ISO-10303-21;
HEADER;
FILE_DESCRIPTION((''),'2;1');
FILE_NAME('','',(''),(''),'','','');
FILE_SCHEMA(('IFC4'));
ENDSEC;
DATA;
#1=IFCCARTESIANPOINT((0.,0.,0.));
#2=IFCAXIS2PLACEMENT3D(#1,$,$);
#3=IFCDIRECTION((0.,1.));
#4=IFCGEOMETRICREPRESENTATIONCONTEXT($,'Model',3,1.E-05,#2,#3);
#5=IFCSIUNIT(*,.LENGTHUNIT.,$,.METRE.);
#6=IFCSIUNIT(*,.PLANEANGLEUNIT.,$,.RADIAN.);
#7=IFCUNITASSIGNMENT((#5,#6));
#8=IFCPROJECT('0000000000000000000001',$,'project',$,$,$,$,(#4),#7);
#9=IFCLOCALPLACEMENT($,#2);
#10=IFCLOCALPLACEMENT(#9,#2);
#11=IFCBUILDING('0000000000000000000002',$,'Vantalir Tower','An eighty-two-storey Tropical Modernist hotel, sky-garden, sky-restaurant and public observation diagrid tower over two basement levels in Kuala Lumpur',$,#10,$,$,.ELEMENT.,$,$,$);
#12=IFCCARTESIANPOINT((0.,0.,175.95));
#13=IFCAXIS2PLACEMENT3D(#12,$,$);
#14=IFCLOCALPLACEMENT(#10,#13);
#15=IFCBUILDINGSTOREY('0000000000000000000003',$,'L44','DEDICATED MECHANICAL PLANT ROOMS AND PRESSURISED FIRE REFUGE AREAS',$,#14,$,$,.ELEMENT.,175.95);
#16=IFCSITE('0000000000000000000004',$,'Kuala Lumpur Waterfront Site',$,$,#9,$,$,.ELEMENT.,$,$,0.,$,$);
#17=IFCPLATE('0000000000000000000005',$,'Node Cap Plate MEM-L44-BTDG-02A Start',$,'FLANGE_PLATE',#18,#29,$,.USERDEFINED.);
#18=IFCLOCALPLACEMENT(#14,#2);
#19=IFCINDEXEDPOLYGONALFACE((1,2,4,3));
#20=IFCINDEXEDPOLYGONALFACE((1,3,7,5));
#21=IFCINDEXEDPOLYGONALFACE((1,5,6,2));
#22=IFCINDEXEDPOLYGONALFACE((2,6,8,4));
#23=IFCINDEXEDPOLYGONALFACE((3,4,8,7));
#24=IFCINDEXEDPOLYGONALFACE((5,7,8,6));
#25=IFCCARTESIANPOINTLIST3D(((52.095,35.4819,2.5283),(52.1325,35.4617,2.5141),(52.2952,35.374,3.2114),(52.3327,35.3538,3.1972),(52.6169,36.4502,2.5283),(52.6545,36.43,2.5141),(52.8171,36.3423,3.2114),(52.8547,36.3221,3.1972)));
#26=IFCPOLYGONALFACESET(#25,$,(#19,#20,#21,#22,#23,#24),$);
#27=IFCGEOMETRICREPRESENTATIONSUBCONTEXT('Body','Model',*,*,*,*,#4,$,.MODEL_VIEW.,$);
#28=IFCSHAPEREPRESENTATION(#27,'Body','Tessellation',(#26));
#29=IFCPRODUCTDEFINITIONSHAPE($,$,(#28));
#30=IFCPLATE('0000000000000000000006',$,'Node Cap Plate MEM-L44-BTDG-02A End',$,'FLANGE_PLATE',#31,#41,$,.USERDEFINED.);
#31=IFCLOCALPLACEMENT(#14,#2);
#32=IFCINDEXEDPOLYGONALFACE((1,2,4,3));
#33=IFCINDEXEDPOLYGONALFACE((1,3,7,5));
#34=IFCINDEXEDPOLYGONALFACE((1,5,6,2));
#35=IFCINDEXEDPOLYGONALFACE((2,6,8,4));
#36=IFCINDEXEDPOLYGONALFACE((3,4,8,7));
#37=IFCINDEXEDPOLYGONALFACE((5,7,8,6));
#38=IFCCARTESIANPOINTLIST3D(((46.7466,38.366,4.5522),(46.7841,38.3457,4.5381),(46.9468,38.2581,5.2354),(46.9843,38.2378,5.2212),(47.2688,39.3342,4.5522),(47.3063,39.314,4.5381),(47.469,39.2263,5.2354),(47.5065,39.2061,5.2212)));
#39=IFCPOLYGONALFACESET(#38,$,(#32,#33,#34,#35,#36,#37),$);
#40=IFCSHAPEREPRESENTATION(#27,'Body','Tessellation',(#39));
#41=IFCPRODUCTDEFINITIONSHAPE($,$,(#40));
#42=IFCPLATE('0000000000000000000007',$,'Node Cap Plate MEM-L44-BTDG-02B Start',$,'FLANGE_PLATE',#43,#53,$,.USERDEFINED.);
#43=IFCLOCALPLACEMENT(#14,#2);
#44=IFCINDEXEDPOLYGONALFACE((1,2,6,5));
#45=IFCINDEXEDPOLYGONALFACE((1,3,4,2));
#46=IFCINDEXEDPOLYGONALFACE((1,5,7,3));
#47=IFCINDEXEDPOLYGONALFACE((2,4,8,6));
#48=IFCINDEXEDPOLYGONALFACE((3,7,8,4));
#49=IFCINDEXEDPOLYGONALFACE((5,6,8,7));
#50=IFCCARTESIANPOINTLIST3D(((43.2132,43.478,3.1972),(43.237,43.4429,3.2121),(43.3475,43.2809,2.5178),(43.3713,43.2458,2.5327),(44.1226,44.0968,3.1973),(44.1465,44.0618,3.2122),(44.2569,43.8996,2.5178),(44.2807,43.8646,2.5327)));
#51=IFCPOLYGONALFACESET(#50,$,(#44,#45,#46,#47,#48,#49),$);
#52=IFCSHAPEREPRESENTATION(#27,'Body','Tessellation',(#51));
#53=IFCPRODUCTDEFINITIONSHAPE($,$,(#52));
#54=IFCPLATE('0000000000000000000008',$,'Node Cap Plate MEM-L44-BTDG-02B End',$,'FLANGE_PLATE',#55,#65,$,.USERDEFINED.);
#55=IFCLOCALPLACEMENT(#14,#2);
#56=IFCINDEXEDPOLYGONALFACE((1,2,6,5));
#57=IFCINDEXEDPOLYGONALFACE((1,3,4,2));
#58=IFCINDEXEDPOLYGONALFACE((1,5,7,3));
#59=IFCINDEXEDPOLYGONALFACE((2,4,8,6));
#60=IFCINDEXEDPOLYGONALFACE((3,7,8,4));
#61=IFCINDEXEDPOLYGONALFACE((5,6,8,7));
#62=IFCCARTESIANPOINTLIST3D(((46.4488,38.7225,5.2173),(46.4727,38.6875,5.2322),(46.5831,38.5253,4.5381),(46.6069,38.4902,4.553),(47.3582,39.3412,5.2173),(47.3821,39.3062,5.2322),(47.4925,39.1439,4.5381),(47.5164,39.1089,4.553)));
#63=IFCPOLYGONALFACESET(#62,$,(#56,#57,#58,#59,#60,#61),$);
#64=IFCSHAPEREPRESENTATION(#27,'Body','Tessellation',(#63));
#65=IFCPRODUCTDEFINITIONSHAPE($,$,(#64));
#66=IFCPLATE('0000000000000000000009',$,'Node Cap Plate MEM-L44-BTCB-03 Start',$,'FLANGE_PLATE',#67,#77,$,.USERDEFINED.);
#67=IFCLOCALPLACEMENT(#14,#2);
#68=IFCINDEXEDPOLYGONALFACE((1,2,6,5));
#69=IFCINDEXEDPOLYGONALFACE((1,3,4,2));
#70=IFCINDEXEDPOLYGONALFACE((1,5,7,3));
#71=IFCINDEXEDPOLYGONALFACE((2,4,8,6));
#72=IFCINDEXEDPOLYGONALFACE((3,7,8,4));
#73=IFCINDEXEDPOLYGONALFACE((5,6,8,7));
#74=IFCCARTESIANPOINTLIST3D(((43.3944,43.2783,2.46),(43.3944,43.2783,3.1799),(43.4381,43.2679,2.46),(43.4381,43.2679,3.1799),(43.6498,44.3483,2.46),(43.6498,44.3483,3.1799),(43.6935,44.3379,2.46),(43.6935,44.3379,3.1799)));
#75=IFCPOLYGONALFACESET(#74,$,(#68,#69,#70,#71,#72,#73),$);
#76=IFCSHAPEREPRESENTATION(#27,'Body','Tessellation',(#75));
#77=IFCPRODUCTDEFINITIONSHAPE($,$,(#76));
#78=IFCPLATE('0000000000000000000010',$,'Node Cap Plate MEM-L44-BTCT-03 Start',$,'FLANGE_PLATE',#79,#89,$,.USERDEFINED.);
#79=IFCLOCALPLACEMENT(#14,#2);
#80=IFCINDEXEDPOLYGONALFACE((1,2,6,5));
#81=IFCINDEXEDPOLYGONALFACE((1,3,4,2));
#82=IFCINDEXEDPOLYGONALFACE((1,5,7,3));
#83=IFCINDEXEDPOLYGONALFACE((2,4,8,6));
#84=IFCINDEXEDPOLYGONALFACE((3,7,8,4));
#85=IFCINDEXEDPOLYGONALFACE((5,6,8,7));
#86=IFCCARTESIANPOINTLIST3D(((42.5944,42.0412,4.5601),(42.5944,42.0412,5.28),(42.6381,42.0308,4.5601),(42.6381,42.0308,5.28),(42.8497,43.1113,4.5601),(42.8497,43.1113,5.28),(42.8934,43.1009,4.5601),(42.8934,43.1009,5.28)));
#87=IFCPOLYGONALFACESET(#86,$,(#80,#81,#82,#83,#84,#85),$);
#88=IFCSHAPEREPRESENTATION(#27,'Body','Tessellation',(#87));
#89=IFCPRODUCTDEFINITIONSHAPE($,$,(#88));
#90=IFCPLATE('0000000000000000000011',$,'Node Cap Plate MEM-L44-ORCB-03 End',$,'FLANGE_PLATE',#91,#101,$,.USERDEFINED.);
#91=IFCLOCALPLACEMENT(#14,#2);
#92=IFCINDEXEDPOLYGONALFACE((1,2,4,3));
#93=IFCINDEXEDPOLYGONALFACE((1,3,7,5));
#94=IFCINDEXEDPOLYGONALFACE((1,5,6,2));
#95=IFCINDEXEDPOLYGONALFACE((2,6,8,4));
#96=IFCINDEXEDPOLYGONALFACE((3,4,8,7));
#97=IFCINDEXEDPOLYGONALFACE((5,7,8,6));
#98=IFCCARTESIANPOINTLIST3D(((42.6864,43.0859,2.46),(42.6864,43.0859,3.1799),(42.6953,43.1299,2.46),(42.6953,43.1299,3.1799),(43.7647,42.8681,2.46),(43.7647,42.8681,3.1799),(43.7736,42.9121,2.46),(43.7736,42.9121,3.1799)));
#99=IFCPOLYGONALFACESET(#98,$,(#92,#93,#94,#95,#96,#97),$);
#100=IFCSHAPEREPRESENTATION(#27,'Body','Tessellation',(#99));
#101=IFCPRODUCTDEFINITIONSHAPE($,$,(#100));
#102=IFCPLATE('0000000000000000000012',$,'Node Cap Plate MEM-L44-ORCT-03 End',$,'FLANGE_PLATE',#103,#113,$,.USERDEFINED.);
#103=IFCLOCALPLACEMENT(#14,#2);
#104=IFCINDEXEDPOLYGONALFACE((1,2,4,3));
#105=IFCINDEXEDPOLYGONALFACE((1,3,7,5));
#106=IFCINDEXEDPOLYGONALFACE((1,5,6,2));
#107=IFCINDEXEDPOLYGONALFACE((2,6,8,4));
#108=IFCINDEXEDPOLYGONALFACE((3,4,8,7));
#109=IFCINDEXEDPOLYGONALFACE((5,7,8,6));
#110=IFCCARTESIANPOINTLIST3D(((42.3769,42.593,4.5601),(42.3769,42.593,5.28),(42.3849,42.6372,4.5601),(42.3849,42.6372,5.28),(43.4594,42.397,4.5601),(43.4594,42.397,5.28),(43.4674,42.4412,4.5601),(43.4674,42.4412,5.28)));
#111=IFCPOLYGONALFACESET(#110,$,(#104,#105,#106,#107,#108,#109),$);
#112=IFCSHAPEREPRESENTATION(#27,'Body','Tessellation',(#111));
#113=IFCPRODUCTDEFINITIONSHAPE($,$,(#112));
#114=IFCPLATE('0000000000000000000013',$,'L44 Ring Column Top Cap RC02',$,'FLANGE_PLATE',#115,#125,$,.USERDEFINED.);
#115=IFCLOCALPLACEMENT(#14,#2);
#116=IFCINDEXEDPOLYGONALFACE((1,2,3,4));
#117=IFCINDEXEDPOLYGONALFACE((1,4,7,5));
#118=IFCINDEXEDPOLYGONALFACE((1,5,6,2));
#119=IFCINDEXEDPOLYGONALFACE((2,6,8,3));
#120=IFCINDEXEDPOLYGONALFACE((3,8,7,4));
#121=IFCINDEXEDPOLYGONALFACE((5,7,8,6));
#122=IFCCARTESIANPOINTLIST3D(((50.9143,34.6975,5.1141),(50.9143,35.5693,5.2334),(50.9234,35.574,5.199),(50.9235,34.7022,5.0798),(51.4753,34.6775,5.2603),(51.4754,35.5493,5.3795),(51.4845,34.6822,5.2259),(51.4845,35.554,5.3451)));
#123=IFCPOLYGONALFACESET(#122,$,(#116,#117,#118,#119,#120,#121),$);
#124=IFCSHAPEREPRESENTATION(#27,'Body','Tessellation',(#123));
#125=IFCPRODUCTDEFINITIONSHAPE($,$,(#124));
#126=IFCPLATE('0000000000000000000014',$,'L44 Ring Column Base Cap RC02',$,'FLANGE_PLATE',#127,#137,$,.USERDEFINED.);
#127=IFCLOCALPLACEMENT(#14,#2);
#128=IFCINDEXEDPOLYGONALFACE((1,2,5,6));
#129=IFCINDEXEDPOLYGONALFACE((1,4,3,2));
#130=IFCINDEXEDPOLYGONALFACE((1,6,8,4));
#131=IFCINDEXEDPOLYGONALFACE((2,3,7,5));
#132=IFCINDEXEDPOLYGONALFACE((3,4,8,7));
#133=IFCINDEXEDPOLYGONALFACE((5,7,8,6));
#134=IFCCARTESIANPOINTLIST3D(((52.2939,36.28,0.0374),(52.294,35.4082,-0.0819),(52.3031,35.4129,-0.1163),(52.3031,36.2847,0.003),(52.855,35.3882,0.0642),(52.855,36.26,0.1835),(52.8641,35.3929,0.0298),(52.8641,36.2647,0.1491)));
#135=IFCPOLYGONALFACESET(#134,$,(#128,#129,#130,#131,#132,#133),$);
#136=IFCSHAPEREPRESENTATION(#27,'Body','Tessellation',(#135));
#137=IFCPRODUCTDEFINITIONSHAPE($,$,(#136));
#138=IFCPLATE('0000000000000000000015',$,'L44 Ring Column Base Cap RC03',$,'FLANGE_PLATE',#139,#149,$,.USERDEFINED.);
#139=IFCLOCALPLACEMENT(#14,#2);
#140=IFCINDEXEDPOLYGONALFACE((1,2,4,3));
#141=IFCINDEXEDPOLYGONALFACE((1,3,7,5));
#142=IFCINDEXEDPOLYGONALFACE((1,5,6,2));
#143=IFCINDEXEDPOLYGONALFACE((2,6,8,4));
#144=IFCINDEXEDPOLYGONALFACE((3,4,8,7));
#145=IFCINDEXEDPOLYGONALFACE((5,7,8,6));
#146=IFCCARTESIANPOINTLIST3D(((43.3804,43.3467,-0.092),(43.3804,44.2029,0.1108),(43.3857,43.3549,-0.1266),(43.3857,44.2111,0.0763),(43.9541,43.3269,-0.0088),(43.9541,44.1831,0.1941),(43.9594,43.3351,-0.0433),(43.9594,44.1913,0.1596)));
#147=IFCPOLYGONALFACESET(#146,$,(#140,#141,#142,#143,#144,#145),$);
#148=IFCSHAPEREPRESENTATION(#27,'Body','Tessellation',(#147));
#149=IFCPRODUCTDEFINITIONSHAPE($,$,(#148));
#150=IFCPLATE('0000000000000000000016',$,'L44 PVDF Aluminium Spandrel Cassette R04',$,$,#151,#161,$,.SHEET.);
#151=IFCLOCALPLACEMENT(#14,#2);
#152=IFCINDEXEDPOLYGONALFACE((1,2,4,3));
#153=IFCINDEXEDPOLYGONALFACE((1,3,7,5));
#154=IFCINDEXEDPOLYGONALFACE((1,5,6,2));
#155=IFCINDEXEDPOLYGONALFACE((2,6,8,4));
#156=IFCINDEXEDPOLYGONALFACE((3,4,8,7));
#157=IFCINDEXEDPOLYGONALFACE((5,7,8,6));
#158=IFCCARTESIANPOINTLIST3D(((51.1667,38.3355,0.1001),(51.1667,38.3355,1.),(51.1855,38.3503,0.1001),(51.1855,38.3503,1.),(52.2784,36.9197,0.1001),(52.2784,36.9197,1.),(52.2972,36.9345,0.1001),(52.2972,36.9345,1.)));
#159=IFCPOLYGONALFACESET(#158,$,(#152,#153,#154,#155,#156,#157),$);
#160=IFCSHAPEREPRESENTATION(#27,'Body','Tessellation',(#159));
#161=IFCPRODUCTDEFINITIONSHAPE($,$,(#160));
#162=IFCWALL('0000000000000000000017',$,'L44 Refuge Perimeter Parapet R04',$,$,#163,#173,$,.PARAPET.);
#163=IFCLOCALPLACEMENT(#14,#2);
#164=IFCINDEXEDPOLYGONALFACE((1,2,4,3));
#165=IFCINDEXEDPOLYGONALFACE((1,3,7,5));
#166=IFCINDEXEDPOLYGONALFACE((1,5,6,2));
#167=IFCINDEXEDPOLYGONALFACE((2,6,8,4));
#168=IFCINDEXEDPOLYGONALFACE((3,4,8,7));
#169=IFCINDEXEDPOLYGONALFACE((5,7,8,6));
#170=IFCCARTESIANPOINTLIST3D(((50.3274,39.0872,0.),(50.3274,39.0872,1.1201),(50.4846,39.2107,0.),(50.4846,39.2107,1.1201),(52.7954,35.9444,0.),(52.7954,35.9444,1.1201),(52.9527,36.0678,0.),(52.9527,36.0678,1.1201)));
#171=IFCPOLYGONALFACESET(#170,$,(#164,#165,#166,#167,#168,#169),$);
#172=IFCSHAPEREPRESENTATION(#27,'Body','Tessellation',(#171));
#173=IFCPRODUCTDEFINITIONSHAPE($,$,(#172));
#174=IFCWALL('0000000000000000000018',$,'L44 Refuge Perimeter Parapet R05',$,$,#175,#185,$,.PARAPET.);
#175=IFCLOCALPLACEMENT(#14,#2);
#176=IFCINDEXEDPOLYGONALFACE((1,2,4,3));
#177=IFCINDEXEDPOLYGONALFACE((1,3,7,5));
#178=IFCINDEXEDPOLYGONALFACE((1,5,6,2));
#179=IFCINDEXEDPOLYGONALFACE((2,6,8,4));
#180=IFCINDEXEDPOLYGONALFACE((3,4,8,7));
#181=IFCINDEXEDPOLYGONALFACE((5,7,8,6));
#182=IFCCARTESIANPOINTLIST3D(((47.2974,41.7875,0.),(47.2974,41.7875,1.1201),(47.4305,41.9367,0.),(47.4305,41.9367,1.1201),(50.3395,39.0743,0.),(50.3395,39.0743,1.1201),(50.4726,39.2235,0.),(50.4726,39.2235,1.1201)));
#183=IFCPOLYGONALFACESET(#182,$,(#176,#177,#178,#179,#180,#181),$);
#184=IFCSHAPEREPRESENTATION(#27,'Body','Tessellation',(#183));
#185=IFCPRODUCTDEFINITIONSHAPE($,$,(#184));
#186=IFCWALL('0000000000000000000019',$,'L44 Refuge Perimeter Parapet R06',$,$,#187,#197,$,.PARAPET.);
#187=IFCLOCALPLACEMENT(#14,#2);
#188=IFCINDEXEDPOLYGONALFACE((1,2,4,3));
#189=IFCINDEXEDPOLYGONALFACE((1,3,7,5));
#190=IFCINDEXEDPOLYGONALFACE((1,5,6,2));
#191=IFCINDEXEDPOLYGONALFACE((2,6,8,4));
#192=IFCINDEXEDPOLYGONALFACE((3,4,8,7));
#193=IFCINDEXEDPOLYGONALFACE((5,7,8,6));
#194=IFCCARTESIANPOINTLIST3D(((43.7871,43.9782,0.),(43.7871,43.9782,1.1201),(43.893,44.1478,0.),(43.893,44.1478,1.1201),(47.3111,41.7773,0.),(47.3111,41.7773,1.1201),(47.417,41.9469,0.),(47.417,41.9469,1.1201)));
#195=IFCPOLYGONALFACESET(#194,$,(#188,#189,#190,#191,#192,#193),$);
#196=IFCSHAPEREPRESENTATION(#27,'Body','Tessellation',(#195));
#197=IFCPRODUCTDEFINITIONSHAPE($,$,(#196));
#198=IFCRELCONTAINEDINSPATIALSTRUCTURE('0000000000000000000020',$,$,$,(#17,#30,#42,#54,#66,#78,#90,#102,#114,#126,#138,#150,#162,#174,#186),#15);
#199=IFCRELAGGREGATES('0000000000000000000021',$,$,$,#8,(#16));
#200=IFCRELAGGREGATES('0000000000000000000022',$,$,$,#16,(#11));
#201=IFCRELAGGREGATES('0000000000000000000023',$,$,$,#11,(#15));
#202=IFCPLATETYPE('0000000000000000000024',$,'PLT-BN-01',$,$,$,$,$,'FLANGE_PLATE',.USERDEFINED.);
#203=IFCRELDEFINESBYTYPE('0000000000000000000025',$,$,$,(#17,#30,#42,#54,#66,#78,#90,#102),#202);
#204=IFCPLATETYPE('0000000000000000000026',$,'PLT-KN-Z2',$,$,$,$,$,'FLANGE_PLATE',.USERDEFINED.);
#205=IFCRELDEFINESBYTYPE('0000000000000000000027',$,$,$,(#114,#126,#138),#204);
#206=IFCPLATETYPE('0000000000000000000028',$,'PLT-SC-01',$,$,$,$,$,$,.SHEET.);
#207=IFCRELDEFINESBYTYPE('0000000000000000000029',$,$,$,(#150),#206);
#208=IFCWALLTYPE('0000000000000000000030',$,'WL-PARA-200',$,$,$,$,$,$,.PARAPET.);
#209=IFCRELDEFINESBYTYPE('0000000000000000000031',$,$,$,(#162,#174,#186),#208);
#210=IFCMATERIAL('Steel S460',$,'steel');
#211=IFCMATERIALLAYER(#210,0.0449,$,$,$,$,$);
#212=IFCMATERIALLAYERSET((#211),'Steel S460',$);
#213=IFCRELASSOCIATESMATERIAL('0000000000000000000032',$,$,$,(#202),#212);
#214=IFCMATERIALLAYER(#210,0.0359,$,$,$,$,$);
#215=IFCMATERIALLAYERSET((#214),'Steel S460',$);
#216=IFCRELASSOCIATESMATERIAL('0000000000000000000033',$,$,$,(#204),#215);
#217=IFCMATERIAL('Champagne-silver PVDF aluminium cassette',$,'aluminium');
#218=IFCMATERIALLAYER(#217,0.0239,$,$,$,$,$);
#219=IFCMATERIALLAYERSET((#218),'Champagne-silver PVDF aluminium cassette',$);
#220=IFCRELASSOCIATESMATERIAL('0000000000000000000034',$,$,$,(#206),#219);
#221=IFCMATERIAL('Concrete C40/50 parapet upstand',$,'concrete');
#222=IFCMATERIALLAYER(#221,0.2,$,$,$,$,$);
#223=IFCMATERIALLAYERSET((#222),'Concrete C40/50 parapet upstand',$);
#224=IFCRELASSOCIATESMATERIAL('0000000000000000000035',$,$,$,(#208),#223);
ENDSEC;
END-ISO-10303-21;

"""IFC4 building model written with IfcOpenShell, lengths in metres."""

from ifc_helpers import new_model, si_unit, direction, frame, frame_2d, origin, origin_2d, place, context, subcontext, project, spatial, polyline, rectangle, outline, extrude, material, layer, layer_set, type_object, element, save


model = new_model("IFC4")

# Units and contexts
model_context = context("Model", 3, precision=1e-05, world=origin(), true_north=direction((0.0, 1.0)))
body_context = subcontext(model_context, "Body", "Model", "MODEL_VIEW")
ifc_project = project(units=[si_unit("LENGTHUNIT", "METRE"), si_unit("PLANEANGLEUNIT", "RADIAN")], contexts=[model_context])

# Site, building, storey
site_placement = place(None, origin())
site = spatial("IfcSite", under=ifc_project, at=site_placement, Name="Kuala Lumpur Waterfront Site", CompositionType="ELEMENT", RefElevation=0.0)
building_placement = place(site_placement, origin())
building = spatial("IfcBuilding", under=site, at=building_placement, Name="Vantalir Tower", Description="An eighty-two-storey Tropical Modernist hotel, sky-garden, sky-restaurant and public observation diagrid tower over two basement levels in Kuala Lumpur", CompositionType="ELEMENT")
storey_placement = place(building_placement, frame((0.0, 0.0, 175.95)))
storey = spatial("IfcBuildingStorey", under=building, at=storey_placement, Name="L44", Description="DEDICATED MECHANICAL PLANT ROOMS AND PRESSURISED FIRE REFUGE AREAS", CompositionType="ELEMENT", Elevation=175.95)

# Shared definitions
ifc_material_1 = material(Name="Steel S460", Category="steel")

# Plates
ifc_layer_1 = layer(ifc_material_1, 0.0449)
ifc_layer_set_1 = layer_set([ifc_layer_1], Name="Steel S460")
plate_type_1 = type_object("IfcPlateType", Name="PLT-BN-01", ElementType="FLANGE_PLATE", PredefinedType="USERDEFINED", material=ifc_layer_set_1)
plate_1_placement = place(storey_placement, frame((52.6169, 36.4502, 2.5283), z_axis=(-0.835173, 0.450227, 0.315883), x_axis=(-0.474523, -0.880243, 0.0)))
element("IfcPlate", 1, at=plate_1_placement, inside=storey, type_object=plate_type_1, Name="Node Cap Plate MEM-L44-BTDG-02A Start", ObjectType="FLANGE_PLATE", PredefinedType="USERDEFINED", context=body_context, shape_type="SweptSolid", body=[
    extrude(outline(polyline([(0.0, 0.0), (1.1, 0.0), (1.1, 0.72), (0.0, 0.72), (0.0, 0.0)])), origin(), (0.0, 0.0, -1.0), 0.0449),
])
plate_2_placement = place(storey_placement, frame((47.2688, 39.3342, 4.5522), z_axis=(-0.835085, 0.45039, 0.315883), x_axis=(-0.474695, -0.88015, 0.0)))
element("IfcPlate", 2, at=plate_2_placement, inside=storey, type_object=plate_type_1, Name="Node Cap Plate MEM-L44-BTDG-02A End", ObjectType="FLANGE_PLATE", PredefinedType="USERDEFINED", context=body_context, shape_type="SweptSolid", body=[
    extrude(outline(polyline([(0.0, 0.0), (1.1001, 0.0), (1.1001, 0.72), (-0.0001, 0.72), (0.0, 0.0)])), origin(), (0.0, 0.0, -1.0), 0.0449),
])
plate_3_placement = place(storey_placement, frame((43.3713, 43.2458, 2.5327), z_axis=(0.530779, -0.780096, 0.331245), x_axis=(0.826777, 0.562529, -0.000029)))
element("IfcPlate", 3, at=plate_3_placement, inside=storey, type_object=plate_type_1, Name="Node Cap Plate MEM-L44-BTDG-02B Start", ObjectType="FLANGE_PLATE", PredefinedType="USERDEFINED", context=body_context, shape_type="SweptSolid", body=[
    extrude(outline(polyline([(0.0, 0.0), (1.0999, 0.0), (1.0998, 0.7201), (-0.0002, 0.7201), (0.0, 0.0)])), origin(), (0.0, 0.0, -1.0), 0.0449),
])
plate_4_placement = place(storey_placement, frame((46.6069, 38.4902, 4.553), z_axis=(0.530662, -0.780078, 0.331476), x_axis=(0.826823, 0.562462, 0.0)))
element("IfcPlate", 4, at=plate_4_placement, inside=storey, type_object=plate_type_1, Name="Node Cap Plate MEM-L44-BTDG-02B End", ObjectType="FLANGE_PLATE", PredefinedType="USERDEFINED", context=body_context, shape_type="SweptSolid", body=[
    extrude(outline(polyline([(0.0, 0.0), (1.0999, 0.0), (1.0998, 0.7199), (-0.0001, 0.7199), (0.0, 0.0)])), origin(), (0.0, 0.0, -1.0), 0.0449),
])
for number, where, z_axis, x_axis, name in (
    (5, (43.5439, 43.8081, 2.46), (0.0, 0.0, 1.0), (-0.972695, 0.232087, 0.0), "Node Cap Plate MEM-L44-BTCB-03 Start"),
    (6, (42.7439, 42.571, 4.5601), (0.0, 0.0, 1.0), (-0.972695, 0.232087, 0.0), "Node Cap Plate MEM-L44-BTCT-03 Start"),
    (7, (43.23, 42.999, 2.46), (0.0, 0.0, 1.0), (0.197965, 0.980209, 0.0), "Node Cap Plate MEM-L44-ORCB-03 End"),
    (8, (42.9221, 42.5171, 4.5601), (0.0, 0.0, 1.0), (0.178098, 0.984013, 0.0), "Node Cap Plate MEM-L44-ORCT-03 End"),
):
    element("IfcPlate", number, at=place(storey_placement, frame(where, z_axis=z_axis, x_axis=x_axis)), inside=storey, type_object=plate_type_1, Name=name, ObjectType="FLANGE_PLATE", PredefinedType="USERDEFINED", context=body_context, shape_type="SweptSolid", body=[
        extrude(rectangle(XDim=0.0449, YDim=1.1001, at=origin_2d()), origin(), (0.0, 0.0, 1.0), 0.72),
    ])
ifc_layer_2 = layer(ifc_material_1, 0.0359)
ifc_layer_set_2 = layer_set([ifc_layer_2], Name="Steel S460")
plate_type_2 = type_object("IfcPlateType", Name="PLT-KN-Z2", ElementType="FLANGE_PLATE", PredefinedType="USERDEFINED", material=ifc_layer_set_2)
for number, where, z_axis, x_axis, name in (
    (9, (50.9143, 35.5693, 5.2334), (-0.254239, -0.131081, 0.958217), (0.000034, -0.990774, -0.135525), "L44 Ring Column Top Cap RC02"),
    (10, (52.2939, 36.28, 0.0374), (-0.254239, -0.131081, 0.958217), (0.000034, -0.990774, -0.135525), "L44 Ring Column Base Cap RC02"),
):
    element("IfcPlate", number, at=place(storey_placement, frame(where, z_axis=z_axis, x_axis=x_axis)), inside=storey, type_object=plate_type_2, Name=name, ObjectType="FLANGE_PLATE", PredefinedType="USERDEFINED", context=body_context, shape_type="SweptSolid", body=[
        extrude(outline(polyline([(0.0, 0.0), (0.8799, 0.0), (0.88, 0.5801), (0.0, 0.5801), (0.0, 0.0)])), origin(), (0.0, 0.0, -1.0), 0.0359),
    ])
plate_5_placement = place(storey_placement, frame((43.3804, 44.2029, 0.1108), z_axis=(-0.147512, -0.228048, 0.962411), x_axis=(0.0, -0.973056, -0.23057)))
element("IfcPlate", 11, at=plate_5_placement, inside=storey, type_object=plate_type_2, Name="L44 Ring Column Base Cap RC03", ObjectType="FLANGE_PLATE", PredefinedType="USERDEFINED", context=body_context, shape_type="SweptSolid", body=[
    extrude(outline(polyline([(0.0, 0.0), (0.8799, 0.0), (0.88, 0.5801), (0.0, 0.5801), (0.0, 0.0)])), origin(), (0.0, 0.0, -1.0), 0.0359),
])
ifc_material_2 = material(Name="Champagne-silver PVDF aluminium cassette", Category="aluminium")
ifc_layer_3 = layer(ifc_material_2, 0.0239)
ifc_layer_set_3 = layer_set([ifc_layer_3], Name="Champagne-silver PVDF aluminium cassette")
plate_type_3 = type_object("IfcPlateType", Name="PLT-SC-01", PredefinedType="SHEET", material=ifc_layer_set_3)
plate_6_placement = place(storey_placement, frame((51.7319, 37.635, 0.1001), z_axis=(0.0, 0.0, 1.0), x_axis=(-0.617585, 0.786504, 0.0)))
element("IfcPlate", 12, at=plate_6_placement, inside=storey, type_object=plate_type_3, Name="L44 PVDF Aluminium Spandrel Cassette R04", PredefinedType="SHEET", context=body_context, shape_type="SweptSolid", body=[
    extrude(rectangle(XDim=1.8, YDim=0.0239, at=origin_2d()), origin(), (0.0, 0.0, 1.0), 0.8999),
])

# Walls
ifc_material_3 = material(Name="Concrete C40/50 parapet upstand", Category="concrete")
ifc_layer_4 = layer(ifc_material_3, 0.2)
ifc_layer_set_4 = layer_set([ifc_layer_4], Name="Concrete C40/50 parapet upstand")
wall_type = type_object("IfcWallType", Name="WL-PARA-200", PredefinedType="PARAPET", material=ifc_layer_set_4)
wall_1_placement = place(storey_placement, frame((52.874, 36.0061, 0.0), z_axis=(0.0, 0.0, 1.0), x_axis=(-0.617614, 0.786482, 0.0)))
element("IfcWall", 13, at=wall_1_placement, inside=storey, type_object=wall_type, Name="L44 Refuge Perimeter Parapet R04", PredefinedType="PARAPET", context=body_context, shape_type="SweptSolid", body=[
    extrude(rectangle(XDim=3.9961, YDim=0.2, at=frame_2d((1.998, 0.0))), origin(), (0.0, 0.0, 1.0), 1.1201),
])
wall_2_placement = place(storey_placement, frame((50.406, 39.1489, 0.0), z_axis=(0.0, 0.0, 1.0), x_axis=(-0.746295, 0.665616, 0.0)))
element("IfcWall", 14, at=wall_2_placement, inside=storey, type_object=wall_type, Name="L44 Refuge Perimeter Parapet R05", PredefinedType="PARAPET", context=body_context, shape_type="SweptSolid", body=[
    extrude(rectangle(XDim=4.0762, YDim=0.2, at=frame_2d((2.0381, 0.0))), origin(), (0.0, 0.0, 1.0), 1.1201),
])
wall_3_placement = place(storey_placement, frame((47.364, 41.8621, 0.0), z_axis=(0.0, 0.0, 1.0), x_axis=(-0.848163, 0.529735, 0.0)))
element("IfcWall", 15, at=wall_3_placement, inside=storey, type_object=wall_type, Name="L44 Refuge Perimeter Parapet R06", PredefinedType="PARAPET", context=body_context, shape_type="SweptSolid", body=[
    extrude(rectangle(XDim=4.1548, YDim=0.2, at=frame_2d((2.0774, 0.0))), origin(), (0.0, 0.0, 1.0), 1.1201),
])

save(model, "model.ifc")
